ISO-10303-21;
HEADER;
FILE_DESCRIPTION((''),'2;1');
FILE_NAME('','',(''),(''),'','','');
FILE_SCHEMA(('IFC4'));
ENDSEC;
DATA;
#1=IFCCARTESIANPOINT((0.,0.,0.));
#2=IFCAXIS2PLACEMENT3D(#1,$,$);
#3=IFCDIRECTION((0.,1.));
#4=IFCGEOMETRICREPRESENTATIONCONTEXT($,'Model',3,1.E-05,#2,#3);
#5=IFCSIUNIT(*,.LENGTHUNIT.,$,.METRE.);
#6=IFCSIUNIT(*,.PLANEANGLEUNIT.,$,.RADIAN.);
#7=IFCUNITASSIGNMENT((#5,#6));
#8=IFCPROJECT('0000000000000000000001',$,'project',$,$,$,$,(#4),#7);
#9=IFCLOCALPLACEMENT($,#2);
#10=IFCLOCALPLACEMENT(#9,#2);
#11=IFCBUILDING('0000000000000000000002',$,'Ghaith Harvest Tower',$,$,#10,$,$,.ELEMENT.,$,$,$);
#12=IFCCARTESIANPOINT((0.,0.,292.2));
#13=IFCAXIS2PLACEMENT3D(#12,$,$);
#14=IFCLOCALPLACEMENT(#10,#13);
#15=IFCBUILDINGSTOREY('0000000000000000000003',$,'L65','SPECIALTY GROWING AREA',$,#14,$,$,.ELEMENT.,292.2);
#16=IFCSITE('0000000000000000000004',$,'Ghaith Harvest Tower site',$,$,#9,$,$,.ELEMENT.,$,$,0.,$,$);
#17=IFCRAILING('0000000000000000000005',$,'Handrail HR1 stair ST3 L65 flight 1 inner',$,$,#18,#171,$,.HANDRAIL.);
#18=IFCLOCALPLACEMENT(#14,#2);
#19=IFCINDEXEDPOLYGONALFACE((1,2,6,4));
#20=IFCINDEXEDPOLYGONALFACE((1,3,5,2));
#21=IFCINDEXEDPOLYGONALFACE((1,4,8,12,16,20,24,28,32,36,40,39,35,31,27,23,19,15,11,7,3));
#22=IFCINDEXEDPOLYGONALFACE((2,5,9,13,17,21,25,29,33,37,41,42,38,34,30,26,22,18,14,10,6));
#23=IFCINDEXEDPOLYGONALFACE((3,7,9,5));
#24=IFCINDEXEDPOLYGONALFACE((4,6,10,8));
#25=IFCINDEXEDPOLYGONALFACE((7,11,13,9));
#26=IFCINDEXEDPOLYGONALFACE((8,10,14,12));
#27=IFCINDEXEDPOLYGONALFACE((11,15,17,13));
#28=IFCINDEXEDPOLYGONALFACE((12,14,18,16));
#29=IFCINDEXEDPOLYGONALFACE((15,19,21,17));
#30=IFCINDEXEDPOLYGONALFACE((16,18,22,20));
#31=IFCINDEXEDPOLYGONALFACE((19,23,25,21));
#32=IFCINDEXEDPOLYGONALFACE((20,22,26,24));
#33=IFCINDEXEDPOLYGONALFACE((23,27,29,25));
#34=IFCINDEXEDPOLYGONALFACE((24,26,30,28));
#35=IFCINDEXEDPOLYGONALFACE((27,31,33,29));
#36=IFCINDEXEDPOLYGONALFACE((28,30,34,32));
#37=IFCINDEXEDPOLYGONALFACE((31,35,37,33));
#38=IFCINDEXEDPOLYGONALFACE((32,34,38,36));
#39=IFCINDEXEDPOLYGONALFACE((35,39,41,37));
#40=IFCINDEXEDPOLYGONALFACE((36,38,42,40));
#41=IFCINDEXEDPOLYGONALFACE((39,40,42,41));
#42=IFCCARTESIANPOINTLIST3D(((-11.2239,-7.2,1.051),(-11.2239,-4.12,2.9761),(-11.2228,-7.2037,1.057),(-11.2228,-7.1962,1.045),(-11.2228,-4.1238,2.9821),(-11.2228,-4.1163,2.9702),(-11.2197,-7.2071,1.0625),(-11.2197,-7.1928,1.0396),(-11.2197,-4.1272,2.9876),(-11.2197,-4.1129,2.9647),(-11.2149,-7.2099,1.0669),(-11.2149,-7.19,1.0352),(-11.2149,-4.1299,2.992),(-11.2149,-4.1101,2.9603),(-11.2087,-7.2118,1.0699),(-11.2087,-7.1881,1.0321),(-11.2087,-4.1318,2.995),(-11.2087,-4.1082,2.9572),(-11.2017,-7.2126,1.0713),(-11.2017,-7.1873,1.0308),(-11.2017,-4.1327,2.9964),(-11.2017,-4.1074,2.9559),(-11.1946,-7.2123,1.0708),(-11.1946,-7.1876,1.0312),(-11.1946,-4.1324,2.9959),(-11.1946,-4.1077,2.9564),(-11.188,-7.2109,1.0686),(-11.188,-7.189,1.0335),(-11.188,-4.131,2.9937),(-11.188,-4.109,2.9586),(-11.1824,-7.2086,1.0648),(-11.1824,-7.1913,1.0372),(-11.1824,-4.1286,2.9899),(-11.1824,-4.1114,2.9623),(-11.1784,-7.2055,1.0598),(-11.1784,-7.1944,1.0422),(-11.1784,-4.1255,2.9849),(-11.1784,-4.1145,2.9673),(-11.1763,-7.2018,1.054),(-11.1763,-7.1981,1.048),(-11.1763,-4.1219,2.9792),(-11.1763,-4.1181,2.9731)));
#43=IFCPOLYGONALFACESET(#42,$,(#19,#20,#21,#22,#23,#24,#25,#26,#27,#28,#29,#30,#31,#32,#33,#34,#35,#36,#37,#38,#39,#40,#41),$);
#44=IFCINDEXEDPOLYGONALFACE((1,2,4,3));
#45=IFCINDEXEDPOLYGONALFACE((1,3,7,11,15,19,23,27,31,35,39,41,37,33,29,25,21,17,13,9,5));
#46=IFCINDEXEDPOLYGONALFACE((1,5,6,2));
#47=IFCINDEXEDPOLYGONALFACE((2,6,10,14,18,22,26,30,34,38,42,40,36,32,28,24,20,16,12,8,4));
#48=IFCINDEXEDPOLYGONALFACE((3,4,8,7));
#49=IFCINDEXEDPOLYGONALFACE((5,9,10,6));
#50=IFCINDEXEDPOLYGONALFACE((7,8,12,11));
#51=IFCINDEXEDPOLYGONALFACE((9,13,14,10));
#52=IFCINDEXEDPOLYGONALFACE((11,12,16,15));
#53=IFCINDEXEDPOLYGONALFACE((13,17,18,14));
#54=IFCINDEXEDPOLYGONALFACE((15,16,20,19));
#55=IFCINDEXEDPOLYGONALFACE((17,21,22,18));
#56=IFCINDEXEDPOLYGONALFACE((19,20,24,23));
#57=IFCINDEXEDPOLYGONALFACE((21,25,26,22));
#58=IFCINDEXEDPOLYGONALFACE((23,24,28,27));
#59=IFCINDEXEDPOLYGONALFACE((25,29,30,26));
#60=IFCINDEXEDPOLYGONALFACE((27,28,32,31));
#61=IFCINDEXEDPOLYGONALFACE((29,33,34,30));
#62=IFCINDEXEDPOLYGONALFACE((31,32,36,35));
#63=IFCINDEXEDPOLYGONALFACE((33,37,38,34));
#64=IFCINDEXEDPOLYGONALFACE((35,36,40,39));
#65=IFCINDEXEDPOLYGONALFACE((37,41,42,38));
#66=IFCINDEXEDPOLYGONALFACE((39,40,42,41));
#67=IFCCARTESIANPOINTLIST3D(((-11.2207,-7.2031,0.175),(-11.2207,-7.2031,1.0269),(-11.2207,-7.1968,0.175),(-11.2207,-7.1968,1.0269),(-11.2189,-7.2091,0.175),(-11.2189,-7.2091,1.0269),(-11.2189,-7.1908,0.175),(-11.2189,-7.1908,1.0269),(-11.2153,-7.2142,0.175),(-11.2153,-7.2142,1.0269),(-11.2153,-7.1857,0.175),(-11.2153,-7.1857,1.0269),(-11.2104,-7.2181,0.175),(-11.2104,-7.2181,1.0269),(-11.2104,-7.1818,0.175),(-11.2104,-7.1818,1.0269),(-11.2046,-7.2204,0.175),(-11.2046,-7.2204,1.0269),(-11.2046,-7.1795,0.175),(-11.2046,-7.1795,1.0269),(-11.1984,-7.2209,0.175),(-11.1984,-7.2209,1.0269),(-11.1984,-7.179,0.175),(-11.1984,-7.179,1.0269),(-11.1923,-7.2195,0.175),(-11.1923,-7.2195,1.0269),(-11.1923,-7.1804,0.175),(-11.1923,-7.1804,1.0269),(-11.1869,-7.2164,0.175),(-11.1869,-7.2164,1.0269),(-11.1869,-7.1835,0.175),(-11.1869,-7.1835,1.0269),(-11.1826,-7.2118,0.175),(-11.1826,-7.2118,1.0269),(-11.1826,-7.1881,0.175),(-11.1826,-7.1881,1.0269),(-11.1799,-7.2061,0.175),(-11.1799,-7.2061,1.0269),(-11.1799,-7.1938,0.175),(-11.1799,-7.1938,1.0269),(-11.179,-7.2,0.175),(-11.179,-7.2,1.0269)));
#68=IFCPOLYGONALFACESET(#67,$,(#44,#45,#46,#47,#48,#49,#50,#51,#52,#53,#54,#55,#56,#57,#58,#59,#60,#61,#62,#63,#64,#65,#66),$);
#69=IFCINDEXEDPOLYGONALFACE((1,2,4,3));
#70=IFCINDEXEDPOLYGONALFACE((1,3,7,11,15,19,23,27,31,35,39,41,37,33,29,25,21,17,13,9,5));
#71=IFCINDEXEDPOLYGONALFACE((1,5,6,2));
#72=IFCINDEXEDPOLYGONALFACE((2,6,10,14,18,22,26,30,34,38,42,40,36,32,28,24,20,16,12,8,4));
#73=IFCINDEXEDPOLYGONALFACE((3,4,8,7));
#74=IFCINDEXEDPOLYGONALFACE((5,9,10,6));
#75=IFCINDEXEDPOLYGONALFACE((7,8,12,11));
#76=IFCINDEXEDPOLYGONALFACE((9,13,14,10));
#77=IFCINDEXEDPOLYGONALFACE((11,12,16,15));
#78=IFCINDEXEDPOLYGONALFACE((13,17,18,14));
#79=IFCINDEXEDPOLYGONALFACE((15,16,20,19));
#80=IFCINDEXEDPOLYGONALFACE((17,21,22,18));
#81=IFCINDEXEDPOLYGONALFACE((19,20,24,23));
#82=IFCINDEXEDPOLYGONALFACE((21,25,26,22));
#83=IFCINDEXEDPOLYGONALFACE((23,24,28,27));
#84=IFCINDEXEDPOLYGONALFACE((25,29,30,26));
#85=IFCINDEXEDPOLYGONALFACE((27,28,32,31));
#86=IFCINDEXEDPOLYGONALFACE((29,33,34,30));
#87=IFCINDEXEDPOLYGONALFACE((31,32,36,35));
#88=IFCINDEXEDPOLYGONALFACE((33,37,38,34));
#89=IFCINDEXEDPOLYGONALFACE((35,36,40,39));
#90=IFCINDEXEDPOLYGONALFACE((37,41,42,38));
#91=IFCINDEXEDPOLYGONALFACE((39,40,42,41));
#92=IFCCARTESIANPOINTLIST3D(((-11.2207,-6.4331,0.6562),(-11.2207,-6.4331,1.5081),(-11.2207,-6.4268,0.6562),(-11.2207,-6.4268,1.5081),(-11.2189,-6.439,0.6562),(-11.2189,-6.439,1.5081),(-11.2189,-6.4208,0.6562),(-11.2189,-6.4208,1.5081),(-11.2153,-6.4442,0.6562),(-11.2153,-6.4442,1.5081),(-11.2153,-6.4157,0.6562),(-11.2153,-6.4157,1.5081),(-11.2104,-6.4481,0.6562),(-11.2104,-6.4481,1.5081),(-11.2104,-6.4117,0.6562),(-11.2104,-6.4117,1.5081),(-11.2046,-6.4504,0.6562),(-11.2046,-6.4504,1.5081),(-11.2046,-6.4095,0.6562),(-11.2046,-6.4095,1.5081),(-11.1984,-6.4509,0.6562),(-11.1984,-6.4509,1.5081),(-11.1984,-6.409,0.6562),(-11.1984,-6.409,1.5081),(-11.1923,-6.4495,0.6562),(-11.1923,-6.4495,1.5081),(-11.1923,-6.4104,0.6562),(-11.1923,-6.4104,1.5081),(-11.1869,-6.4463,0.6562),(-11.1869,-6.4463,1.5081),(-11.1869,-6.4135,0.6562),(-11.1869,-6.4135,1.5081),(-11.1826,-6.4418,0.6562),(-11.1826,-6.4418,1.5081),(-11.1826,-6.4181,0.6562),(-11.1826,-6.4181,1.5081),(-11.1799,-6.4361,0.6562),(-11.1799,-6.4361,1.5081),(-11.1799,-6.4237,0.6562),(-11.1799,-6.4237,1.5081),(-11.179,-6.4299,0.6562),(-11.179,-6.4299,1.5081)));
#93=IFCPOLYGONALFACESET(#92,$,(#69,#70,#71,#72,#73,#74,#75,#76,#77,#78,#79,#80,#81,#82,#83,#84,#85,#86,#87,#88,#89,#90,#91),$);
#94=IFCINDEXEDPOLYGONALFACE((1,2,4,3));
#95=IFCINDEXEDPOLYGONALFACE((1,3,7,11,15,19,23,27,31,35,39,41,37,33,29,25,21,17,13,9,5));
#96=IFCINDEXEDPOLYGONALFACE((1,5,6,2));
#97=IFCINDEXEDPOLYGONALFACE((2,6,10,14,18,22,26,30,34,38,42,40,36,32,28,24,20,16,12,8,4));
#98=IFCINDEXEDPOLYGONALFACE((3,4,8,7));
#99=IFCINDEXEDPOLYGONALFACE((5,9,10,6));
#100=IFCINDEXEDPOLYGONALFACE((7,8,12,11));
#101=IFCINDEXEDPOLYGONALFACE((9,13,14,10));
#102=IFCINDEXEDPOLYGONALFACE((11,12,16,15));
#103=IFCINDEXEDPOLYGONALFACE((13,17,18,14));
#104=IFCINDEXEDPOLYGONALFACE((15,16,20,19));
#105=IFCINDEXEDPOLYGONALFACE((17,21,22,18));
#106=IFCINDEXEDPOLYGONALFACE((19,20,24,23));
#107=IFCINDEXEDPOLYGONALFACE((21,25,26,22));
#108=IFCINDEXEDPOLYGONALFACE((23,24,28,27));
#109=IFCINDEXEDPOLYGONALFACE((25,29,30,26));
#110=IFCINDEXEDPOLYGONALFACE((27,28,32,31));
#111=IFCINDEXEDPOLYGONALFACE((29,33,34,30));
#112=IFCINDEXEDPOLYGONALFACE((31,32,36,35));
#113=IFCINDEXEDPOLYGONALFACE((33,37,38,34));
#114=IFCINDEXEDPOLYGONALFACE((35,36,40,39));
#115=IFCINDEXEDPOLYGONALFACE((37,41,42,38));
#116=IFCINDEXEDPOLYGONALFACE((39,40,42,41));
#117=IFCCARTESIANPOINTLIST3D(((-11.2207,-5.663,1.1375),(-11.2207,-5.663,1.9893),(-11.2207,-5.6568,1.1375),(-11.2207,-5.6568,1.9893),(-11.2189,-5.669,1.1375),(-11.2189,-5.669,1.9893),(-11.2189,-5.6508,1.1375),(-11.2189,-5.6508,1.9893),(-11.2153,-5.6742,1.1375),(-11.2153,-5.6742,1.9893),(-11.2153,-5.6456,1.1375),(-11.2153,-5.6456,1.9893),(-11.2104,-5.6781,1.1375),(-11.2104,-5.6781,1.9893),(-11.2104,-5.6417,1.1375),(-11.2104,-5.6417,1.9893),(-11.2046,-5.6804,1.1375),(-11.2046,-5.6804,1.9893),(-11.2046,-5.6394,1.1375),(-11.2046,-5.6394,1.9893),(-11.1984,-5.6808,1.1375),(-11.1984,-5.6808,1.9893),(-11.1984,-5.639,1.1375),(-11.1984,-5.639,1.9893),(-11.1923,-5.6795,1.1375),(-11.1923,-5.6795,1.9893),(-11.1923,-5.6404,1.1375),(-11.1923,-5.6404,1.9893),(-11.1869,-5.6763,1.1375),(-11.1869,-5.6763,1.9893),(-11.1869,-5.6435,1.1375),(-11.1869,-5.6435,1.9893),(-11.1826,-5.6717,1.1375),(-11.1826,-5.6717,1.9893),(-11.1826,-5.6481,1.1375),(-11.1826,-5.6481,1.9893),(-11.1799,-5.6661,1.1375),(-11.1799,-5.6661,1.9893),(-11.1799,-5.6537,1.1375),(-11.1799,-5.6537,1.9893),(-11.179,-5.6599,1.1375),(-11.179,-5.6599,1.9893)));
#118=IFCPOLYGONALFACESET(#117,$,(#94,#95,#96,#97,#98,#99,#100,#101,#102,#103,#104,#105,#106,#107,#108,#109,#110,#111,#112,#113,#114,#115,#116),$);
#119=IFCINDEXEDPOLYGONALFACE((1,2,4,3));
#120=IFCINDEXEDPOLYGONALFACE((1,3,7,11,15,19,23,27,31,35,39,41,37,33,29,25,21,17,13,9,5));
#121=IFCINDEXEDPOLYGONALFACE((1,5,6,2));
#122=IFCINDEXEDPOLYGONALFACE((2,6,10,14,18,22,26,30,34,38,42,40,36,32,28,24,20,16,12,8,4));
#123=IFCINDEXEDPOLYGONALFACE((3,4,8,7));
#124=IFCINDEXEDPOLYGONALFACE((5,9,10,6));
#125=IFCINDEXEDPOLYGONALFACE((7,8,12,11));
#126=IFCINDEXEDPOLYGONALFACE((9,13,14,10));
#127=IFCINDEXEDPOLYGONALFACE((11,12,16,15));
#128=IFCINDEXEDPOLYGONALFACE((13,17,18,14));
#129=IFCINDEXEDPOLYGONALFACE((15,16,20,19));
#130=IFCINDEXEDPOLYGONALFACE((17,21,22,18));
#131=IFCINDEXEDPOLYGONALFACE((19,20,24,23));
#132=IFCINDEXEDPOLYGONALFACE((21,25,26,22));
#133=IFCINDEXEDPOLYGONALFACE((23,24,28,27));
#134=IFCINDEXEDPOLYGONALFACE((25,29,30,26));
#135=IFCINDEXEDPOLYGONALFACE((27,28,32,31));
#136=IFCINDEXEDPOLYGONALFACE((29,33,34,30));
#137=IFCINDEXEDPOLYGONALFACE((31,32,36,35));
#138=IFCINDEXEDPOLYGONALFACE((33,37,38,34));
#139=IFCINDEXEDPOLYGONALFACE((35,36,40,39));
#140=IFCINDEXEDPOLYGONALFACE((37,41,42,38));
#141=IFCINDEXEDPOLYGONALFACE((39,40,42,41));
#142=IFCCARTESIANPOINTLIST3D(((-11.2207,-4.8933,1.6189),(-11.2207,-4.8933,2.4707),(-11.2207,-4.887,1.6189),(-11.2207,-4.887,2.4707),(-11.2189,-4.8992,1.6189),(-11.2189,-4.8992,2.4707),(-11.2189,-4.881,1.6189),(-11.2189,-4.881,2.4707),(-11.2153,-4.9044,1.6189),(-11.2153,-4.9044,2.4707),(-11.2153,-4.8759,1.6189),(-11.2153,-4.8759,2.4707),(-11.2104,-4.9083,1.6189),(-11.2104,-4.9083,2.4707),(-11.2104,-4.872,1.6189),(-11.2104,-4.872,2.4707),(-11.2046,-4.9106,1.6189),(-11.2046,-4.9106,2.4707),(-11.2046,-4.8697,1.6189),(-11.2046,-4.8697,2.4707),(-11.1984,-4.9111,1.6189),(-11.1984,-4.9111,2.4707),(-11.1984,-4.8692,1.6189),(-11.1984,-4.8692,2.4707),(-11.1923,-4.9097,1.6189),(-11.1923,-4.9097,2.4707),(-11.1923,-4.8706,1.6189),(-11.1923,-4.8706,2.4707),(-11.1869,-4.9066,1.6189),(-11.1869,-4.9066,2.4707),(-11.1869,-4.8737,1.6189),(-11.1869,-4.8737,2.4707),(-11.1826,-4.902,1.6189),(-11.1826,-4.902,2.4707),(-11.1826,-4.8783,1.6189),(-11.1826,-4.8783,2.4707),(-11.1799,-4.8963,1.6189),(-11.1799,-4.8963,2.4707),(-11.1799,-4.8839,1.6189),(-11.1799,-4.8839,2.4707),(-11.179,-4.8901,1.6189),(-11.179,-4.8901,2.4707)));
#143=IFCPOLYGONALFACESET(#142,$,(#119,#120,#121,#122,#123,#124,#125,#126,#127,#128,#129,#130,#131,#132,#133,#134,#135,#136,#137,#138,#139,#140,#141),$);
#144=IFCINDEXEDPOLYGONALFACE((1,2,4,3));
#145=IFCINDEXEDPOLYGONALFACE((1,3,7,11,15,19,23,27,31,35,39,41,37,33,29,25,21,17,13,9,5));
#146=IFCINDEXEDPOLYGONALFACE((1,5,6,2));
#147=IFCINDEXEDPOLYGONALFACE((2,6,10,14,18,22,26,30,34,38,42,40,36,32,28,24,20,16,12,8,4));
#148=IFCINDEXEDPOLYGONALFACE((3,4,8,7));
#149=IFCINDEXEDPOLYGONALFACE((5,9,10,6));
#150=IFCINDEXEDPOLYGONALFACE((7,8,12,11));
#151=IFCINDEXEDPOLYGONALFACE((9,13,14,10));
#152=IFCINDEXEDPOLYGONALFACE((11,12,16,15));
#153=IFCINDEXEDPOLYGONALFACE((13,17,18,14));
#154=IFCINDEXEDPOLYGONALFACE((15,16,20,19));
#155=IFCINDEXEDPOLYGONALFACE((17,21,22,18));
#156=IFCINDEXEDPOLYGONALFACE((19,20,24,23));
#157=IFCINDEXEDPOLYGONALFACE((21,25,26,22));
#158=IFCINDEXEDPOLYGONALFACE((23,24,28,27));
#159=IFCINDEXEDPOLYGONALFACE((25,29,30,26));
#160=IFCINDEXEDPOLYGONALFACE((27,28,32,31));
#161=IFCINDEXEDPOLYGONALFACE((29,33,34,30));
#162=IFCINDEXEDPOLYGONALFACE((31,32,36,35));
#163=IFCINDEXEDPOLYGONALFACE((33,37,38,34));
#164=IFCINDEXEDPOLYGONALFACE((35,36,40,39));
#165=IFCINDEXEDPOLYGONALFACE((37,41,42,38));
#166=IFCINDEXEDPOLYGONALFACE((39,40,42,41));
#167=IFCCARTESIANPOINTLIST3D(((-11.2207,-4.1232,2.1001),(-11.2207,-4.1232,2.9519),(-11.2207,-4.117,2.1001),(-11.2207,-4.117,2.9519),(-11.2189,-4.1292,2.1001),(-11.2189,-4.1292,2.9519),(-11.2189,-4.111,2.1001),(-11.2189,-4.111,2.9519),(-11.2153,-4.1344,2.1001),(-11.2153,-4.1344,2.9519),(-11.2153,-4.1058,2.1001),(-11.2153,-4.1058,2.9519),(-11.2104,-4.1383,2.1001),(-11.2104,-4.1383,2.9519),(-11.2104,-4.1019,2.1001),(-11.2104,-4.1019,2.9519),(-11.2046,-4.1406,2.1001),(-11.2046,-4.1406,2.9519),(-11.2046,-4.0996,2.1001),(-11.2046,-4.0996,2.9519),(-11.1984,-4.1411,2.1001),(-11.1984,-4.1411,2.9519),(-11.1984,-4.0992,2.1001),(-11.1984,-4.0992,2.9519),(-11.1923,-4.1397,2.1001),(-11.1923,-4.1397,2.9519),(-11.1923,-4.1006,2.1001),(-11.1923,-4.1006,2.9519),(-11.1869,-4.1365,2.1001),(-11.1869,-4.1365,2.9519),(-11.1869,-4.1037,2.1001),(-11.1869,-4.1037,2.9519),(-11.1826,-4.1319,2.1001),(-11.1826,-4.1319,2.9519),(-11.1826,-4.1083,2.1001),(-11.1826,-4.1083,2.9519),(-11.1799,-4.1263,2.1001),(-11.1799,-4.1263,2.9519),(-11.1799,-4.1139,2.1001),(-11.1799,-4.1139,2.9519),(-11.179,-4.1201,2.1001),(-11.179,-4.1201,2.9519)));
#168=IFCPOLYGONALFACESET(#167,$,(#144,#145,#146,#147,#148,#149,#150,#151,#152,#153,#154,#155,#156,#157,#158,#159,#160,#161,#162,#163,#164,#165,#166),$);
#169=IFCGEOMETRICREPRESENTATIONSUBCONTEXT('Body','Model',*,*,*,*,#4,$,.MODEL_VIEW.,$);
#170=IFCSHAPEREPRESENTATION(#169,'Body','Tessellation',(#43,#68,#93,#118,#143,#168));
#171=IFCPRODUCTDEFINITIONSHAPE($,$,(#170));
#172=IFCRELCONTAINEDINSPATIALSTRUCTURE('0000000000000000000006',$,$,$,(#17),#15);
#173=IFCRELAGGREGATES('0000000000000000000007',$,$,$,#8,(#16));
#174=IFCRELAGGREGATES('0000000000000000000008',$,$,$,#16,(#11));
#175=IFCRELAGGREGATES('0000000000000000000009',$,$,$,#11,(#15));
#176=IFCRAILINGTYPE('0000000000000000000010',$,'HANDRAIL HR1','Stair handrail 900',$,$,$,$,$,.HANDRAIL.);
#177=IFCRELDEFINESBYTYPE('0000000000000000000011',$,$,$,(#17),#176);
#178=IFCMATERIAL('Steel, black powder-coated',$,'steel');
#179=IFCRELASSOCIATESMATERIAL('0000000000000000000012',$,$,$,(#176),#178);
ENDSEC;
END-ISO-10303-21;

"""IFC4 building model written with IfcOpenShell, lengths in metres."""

from ifc_helpers import new_model, si_unit, direction, frame, origin, origin_2d, place, context, subcontext, project, spatial, circle, extrude, material, type_object, element, save


model = new_model("IFC4")

# Units and contexts
model_context = context("Model", 3, precision=1e-05, world=origin(), true_north=direction((0.0, 1.0)))
body_context = subcontext(model_context, "Body", "Model", "MODEL_VIEW")
ifc_project = project(units=[si_unit("LENGTHUNIT", "METRE"), si_unit("PLANEANGLEUNIT", "RADIAN")], contexts=[model_context])

# Site, building, storey
site_placement = place(None, origin())
site = spatial("IfcSite", under=ifc_project, at=site_placement, Name="Ghaith Harvest Tower site", CompositionType="ELEMENT", RefElevation=0.0)
building_placement = place(site_placement, origin())
building = spatial("IfcBuilding", under=site, at=building_placement, Name="Ghaith Harvest Tower", CompositionType="ELEMENT")
storey_placement = place(building_placement, frame((0.0, 0.0, 292.2)))
storey = spatial("IfcBuildingStorey", under=building, at=storey_placement, Name="L65", Description="SPECIALTY GROWING AREA", CompositionType="ELEMENT", Elevation=292.2)

# Railing
ifc_material_1 = material(Name="Steel, black powder-coated", Category="steel")
railing_type = type_object("IfcRailingType", Name="HANDRAIL HR1", Description="Stair handrail 900", PredefinedType="HANDRAIL", material=ifc_material_1)
railing_1_placement = place(storey_placement, frame((-11.2, -7.2, 0.175)))
element("IfcRailing", 1, at=railing_1_placement, inside=storey, type_object=railing_type, Name="Handrail HR1 stair ST3 L65 flight 1 inner", PredefinedType="HANDRAIL", context=body_context, shape_type="SweptSolid", body=[
    extrude(circle(Radius=0.0239, at=origin_2d()), frame((0.0, 0.0, 0.876), z_axis=(0.0, 0.847979, 0.530029), x_axis=(-1.0, 0.0, 0.0)), (0.0, 0.0, 1.0), 3.6321),
    extrude(circle(Radius=0.021, at=origin_2d()), origin(), (0.0, 0.0, 1.0), 0.8518),
    extrude(circle(Radius=0.021, at=origin_2d()), frame((0.0, 0.77, 0.4812)), (0.0, 0.0, 1.0), 0.8518),
    extrude(circle(Radius=0.021, at=origin_2d()), frame((0.0, 1.54, 0.9624)), (0.0, 0.0, 1.0), 0.8518),
    extrude(circle(Radius=0.021, at=origin_2d()), frame((0.0, 2.3098, 1.4438)), (0.0, 0.0, 1.0), 0.8518),
    extrude(circle(Radius=0.021, at=origin_2d()), frame((0.0, 3.0798, 1.925)), (0.0, 0.0, 1.0), 0.8518),
])

save(model, "model.ifc")
